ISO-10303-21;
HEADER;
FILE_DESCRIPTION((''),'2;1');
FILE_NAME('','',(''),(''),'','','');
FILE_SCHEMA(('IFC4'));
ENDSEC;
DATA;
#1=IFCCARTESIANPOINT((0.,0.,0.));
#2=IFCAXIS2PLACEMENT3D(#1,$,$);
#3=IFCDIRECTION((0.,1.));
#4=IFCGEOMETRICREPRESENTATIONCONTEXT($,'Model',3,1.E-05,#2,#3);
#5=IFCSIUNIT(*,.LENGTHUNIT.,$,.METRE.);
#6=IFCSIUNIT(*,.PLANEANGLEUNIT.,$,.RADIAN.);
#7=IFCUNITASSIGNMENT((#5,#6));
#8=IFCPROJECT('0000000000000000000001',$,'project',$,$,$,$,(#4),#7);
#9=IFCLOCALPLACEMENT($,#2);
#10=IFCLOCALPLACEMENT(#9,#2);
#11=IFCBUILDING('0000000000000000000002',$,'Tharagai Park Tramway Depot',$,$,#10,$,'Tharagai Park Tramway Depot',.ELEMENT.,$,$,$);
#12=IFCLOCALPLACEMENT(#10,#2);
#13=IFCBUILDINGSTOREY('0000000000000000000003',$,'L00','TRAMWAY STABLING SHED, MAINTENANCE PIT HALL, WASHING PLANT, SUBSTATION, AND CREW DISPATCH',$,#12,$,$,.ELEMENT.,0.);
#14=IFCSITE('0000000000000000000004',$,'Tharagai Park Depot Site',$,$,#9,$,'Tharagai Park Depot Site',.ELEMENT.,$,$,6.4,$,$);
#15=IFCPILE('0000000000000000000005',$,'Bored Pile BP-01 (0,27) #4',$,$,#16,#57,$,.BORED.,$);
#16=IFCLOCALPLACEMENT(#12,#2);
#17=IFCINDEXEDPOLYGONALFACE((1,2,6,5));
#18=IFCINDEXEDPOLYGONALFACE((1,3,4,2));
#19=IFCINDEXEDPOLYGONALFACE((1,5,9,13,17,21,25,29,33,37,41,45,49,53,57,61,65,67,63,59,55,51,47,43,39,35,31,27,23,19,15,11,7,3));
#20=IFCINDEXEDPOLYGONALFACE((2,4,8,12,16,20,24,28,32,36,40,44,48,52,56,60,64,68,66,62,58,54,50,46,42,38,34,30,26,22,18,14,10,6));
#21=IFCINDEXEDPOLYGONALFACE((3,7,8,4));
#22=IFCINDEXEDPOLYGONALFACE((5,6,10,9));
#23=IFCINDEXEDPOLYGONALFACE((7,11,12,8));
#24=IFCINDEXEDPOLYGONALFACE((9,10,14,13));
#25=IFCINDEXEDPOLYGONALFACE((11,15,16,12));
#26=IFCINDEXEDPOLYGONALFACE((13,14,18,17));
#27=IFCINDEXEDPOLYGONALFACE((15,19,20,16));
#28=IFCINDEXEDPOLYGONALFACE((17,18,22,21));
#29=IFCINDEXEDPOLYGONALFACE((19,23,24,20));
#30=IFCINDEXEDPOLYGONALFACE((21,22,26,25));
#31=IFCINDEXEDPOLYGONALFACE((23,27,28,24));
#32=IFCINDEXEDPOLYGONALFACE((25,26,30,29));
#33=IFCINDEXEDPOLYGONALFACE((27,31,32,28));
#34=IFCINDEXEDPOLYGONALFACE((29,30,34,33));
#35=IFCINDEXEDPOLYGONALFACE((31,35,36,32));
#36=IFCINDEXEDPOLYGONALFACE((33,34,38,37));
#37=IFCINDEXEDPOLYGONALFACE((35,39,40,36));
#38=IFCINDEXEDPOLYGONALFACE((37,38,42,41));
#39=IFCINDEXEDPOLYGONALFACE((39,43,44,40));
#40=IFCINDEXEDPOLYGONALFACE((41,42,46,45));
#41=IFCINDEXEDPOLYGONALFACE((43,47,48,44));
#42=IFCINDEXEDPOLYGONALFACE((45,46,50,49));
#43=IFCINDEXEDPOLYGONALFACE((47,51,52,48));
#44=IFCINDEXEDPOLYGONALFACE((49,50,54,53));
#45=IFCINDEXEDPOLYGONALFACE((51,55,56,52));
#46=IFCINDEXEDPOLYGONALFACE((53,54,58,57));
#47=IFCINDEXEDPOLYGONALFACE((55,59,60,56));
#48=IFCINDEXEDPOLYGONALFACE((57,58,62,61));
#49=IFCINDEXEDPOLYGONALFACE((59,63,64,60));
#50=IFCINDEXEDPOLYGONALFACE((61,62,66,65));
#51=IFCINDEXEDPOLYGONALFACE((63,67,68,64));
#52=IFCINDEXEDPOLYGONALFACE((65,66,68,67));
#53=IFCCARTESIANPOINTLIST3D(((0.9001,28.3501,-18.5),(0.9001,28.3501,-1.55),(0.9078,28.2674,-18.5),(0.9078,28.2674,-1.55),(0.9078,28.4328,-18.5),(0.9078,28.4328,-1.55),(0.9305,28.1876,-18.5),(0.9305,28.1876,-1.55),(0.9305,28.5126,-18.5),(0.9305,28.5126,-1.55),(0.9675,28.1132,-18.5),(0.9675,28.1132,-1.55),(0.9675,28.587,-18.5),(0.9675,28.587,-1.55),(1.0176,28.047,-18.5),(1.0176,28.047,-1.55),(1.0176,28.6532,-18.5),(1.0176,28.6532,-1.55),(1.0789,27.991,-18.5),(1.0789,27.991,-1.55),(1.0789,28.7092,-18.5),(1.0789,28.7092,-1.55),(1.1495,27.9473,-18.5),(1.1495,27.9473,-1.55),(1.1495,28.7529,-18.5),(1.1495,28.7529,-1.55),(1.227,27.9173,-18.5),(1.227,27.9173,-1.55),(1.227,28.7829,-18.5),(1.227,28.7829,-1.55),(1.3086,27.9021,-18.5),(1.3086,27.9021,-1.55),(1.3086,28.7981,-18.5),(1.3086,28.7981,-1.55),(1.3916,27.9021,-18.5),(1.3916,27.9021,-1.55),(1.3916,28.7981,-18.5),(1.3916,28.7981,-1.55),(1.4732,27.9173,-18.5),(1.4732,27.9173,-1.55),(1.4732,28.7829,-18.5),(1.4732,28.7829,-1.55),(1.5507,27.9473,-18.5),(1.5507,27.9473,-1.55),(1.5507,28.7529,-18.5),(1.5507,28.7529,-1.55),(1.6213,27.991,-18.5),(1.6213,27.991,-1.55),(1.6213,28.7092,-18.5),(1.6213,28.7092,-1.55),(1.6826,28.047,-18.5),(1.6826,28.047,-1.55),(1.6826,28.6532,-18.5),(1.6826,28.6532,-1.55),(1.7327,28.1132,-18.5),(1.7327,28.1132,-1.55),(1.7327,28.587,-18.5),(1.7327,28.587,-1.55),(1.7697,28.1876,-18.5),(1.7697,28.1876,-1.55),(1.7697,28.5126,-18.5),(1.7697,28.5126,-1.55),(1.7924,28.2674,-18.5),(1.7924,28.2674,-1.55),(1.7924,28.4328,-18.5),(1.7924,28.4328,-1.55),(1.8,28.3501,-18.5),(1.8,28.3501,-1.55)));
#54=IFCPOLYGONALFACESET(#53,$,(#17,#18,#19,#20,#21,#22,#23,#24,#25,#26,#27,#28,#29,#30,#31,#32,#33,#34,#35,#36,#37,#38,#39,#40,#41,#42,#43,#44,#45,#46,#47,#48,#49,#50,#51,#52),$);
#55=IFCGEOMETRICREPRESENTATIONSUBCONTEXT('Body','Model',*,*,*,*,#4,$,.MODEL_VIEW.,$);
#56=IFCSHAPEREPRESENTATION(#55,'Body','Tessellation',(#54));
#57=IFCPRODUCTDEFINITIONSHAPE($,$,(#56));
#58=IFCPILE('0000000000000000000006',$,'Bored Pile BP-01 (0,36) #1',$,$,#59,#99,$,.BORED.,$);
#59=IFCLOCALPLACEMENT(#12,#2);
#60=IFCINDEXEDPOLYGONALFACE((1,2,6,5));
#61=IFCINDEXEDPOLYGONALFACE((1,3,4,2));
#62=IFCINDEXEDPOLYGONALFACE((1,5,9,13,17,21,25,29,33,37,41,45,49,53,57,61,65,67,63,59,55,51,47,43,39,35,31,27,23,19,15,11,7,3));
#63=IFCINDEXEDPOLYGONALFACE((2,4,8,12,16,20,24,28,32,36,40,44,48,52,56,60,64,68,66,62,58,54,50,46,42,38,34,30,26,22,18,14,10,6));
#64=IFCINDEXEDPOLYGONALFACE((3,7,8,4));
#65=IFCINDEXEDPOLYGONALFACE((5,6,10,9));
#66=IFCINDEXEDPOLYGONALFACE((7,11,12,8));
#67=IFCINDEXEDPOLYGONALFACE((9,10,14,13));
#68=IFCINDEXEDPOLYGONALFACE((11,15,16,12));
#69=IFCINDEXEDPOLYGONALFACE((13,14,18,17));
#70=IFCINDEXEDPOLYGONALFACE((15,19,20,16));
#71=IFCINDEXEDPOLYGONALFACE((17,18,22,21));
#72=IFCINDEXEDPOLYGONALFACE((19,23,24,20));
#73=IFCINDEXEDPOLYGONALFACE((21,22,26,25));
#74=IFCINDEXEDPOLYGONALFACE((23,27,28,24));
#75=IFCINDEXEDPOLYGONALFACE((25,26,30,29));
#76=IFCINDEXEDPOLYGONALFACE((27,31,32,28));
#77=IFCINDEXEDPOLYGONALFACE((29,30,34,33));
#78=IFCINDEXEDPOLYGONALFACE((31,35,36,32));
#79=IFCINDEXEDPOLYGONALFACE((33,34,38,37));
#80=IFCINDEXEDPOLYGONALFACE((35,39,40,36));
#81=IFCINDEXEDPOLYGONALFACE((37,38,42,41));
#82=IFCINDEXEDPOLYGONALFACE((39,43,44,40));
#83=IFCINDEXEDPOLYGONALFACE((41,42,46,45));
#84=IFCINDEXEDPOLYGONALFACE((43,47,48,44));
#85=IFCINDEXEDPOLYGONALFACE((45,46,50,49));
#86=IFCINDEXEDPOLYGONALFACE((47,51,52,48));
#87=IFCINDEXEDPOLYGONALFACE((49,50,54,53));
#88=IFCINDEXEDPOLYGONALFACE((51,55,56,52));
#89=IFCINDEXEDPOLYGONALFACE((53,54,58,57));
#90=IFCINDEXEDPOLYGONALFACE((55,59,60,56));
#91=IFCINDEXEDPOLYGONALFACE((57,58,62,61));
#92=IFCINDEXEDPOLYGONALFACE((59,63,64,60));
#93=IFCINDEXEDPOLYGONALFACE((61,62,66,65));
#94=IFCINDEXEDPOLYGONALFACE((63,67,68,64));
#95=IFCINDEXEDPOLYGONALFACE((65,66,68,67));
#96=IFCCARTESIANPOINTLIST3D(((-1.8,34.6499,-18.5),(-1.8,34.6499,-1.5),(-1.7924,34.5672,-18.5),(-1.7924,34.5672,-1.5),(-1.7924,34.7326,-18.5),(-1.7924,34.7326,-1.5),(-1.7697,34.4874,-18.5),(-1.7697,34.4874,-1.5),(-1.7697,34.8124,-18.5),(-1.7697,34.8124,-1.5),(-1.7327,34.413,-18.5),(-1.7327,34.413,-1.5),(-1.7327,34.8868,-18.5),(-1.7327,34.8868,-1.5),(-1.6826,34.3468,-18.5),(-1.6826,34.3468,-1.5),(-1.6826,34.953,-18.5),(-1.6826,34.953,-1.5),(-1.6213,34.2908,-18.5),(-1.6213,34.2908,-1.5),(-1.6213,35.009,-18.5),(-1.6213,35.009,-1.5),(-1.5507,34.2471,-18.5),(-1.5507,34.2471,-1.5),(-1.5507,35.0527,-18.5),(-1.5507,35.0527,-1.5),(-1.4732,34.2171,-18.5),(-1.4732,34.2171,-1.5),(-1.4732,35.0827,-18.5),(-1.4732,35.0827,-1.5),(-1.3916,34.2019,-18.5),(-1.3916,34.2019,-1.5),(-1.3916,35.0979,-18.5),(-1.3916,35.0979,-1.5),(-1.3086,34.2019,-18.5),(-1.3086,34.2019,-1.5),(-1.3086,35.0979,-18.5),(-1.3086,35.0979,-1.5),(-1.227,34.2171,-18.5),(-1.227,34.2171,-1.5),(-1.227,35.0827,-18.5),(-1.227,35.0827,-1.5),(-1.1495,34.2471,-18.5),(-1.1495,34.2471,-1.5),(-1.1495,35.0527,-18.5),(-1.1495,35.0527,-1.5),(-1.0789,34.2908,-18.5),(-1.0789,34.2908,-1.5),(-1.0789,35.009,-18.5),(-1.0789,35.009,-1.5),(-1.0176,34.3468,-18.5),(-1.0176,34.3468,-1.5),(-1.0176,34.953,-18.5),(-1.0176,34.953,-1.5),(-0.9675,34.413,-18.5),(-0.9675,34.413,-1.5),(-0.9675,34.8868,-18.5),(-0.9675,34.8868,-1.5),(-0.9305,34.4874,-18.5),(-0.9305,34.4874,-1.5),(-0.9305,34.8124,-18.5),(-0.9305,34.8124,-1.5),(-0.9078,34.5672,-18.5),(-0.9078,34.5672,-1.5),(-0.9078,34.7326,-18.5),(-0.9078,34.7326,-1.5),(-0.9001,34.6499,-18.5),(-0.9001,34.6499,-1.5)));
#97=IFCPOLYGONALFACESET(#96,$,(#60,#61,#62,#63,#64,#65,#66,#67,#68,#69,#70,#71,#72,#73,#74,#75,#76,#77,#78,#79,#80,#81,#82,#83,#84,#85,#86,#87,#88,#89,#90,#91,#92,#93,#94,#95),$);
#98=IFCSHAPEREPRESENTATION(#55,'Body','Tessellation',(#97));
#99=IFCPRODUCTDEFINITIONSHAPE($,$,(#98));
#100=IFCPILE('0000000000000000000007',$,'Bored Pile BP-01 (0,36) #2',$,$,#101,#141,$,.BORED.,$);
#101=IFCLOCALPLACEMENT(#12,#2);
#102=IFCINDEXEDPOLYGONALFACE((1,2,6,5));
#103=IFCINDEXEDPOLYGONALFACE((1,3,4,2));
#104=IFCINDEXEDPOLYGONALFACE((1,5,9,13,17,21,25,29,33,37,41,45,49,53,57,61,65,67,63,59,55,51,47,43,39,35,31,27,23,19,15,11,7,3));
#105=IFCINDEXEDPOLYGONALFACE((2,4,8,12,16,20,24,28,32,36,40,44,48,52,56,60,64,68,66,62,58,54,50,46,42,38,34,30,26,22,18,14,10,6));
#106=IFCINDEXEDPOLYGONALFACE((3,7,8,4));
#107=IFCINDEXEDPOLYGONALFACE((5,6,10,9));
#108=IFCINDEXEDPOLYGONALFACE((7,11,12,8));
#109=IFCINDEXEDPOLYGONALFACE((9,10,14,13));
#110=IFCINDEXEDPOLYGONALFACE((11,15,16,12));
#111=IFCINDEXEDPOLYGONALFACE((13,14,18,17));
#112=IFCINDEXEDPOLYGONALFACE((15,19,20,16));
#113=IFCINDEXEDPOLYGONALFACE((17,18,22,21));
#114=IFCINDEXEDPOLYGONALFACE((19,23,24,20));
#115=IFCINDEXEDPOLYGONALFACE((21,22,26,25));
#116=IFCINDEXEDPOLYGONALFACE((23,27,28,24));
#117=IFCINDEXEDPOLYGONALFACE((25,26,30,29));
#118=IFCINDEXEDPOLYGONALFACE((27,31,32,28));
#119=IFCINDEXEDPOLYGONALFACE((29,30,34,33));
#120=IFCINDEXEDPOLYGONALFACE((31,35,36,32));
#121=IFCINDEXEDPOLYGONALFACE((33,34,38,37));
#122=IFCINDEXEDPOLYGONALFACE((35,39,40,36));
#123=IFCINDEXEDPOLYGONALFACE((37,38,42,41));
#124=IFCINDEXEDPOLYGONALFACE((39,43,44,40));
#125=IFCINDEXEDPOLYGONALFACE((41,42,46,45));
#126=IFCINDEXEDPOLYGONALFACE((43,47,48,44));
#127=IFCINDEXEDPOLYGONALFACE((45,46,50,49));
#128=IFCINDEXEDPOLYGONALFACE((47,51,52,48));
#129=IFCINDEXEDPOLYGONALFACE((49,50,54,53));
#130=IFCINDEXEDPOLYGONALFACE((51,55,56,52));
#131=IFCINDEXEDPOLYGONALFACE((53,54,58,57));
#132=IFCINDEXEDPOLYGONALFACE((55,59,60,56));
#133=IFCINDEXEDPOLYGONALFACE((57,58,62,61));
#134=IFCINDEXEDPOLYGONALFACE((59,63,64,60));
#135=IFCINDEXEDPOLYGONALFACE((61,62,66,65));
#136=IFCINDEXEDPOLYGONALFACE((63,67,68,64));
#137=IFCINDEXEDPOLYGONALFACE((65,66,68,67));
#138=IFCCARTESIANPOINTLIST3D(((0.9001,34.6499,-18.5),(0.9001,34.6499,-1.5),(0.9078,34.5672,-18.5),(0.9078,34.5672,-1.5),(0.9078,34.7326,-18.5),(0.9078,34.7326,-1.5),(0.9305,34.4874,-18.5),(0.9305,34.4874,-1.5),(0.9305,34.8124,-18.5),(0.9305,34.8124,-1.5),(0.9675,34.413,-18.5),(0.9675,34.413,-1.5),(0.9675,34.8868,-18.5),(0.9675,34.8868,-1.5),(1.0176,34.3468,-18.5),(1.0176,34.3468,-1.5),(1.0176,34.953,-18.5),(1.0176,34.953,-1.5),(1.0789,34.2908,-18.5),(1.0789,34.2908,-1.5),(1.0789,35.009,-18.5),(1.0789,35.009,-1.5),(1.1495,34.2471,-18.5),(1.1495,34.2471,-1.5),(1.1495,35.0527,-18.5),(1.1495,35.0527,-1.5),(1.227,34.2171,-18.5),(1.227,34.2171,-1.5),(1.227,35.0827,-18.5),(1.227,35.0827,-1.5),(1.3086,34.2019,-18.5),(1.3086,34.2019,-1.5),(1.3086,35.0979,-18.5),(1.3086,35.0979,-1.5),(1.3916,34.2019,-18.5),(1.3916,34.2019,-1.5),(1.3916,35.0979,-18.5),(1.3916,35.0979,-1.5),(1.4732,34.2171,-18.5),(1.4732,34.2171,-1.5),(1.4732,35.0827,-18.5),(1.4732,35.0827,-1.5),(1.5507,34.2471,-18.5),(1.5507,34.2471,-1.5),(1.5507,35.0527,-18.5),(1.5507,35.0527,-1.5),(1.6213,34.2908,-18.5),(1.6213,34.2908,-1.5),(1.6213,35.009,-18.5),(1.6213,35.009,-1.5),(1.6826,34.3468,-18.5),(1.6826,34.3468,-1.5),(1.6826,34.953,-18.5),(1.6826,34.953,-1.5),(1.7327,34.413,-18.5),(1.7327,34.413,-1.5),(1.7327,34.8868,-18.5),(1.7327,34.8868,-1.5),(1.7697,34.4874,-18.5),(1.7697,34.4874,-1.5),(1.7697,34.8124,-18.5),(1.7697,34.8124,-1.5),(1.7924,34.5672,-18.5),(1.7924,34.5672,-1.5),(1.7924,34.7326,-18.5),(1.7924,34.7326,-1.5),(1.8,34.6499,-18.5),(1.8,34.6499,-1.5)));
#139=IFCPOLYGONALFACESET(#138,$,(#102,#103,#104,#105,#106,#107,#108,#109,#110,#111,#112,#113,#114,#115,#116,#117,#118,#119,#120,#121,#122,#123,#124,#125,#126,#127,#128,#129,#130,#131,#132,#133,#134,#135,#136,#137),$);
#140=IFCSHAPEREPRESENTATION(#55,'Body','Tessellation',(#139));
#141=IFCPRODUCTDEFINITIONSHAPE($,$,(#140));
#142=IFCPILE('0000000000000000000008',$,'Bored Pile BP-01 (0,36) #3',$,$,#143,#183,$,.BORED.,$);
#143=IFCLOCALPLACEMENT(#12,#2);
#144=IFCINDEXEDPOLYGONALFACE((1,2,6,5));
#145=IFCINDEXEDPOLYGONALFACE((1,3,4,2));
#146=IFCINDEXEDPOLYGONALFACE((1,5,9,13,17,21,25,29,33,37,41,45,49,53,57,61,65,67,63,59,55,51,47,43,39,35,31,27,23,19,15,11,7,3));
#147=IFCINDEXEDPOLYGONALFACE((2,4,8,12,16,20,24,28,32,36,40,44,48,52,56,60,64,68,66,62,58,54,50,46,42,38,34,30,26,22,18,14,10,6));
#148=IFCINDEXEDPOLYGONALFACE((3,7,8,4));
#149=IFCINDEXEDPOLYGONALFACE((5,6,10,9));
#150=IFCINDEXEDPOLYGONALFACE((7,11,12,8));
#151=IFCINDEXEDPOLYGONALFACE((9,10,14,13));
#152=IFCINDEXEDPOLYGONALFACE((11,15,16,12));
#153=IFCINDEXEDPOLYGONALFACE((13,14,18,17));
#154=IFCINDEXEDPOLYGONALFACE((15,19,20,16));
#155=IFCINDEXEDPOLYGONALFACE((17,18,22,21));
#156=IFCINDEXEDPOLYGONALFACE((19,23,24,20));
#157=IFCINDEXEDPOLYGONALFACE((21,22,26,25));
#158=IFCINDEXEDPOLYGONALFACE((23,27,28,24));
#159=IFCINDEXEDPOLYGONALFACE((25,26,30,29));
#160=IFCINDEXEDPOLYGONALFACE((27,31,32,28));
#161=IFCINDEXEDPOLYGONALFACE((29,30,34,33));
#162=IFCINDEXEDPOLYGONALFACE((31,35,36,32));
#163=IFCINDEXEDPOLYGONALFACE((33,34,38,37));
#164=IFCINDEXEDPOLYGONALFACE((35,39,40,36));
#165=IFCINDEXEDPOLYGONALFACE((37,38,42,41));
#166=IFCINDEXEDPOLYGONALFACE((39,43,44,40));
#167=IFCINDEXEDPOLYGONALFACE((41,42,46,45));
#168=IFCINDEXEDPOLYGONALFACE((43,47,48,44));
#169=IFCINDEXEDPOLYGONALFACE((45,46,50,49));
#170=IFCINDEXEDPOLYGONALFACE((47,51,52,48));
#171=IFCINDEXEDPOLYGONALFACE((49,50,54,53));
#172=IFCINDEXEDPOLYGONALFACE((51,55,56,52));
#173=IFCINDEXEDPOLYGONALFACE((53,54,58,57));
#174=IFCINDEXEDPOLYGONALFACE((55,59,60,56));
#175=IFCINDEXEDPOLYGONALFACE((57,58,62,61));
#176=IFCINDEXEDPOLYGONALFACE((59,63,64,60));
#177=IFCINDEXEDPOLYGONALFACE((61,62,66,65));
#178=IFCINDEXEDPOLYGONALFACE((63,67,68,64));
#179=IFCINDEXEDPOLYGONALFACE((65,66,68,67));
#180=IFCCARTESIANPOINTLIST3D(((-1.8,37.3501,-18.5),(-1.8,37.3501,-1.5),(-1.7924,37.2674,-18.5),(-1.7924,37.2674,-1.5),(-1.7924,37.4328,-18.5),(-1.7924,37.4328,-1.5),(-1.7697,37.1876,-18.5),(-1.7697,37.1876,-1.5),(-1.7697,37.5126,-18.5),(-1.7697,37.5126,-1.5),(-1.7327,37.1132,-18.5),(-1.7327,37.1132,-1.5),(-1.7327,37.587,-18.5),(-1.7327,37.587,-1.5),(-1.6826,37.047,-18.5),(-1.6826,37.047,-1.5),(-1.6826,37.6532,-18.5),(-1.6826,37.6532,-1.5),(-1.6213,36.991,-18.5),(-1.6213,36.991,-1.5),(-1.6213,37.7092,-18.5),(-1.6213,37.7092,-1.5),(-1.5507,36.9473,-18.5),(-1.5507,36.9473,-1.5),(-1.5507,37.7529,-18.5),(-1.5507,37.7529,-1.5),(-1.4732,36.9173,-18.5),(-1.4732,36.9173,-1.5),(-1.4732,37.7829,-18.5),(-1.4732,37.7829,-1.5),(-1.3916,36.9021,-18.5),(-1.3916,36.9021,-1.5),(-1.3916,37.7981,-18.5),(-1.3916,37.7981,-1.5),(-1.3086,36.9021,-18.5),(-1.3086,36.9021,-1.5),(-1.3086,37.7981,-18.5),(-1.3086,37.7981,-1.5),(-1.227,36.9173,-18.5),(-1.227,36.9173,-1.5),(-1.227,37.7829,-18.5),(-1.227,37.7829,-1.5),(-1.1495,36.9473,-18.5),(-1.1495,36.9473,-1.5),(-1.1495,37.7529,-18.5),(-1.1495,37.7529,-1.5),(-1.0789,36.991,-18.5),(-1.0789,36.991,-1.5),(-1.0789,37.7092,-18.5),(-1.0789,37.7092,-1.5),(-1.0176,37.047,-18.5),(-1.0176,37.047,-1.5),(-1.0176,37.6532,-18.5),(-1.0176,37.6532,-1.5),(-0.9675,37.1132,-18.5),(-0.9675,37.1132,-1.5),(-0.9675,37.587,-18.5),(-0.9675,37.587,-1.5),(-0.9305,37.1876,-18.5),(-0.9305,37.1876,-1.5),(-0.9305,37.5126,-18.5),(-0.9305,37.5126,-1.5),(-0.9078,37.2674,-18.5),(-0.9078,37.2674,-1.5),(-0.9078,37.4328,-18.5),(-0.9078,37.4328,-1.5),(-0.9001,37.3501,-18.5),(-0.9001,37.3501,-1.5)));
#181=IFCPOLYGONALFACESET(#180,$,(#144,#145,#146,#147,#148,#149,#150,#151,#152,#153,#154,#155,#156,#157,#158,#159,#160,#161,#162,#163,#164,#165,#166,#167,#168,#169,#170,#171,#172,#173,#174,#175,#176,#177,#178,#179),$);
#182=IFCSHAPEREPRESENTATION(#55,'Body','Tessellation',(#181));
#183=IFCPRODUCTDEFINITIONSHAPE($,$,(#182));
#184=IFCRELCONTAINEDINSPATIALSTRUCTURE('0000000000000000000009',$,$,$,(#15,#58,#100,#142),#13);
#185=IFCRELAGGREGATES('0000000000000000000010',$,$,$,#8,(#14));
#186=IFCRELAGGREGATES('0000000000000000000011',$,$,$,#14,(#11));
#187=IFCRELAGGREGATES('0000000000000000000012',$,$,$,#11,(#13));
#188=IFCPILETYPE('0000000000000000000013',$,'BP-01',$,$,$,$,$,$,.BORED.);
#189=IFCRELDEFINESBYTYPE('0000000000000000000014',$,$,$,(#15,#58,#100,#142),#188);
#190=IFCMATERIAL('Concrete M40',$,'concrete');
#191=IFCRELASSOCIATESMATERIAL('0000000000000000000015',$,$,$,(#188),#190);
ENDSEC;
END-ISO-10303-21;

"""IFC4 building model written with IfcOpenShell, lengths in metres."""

from ifc_helpers import new_model, si_unit, direction, frame, origin, origin_2d, place, context, subcontext, project, spatial, circle, extrude, material, material_profile, profile_set, type_object, element, save


model = new_model("IFC4")

# Units and contexts
model_context = context("Model", 3, precision=1e-05, world=origin(), true_north=direction((0.0, 1.0)))
body_context = subcontext(model_context, "Body", "Model", "MODEL_VIEW")
ifc_project = project(units=[si_unit("LENGTHUNIT", "METRE"), si_unit("PLANEANGLEUNIT", "RADIAN")], contexts=[model_context])

# Site, building, storey
site_placement = place(None, origin())
site = spatial("IfcSite", under=ifc_project, at=site_placement, Name="Tharagai Park Depot Site", LongName="Tharagai Park Depot Site", CompositionType="ELEMENT", RefElevation=6.4)
building_placement = place(site_placement, origin())
building = spatial("IfcBuilding", under=site, at=building_placement, Name="Tharagai Park Tramway Depot", LongName="Tharagai Park Tramway Depot", CompositionType="ELEMENT")
storey_placement = place(building_placement, origin())
storey = spatial("IfcBuildingStorey", under=building, at=storey_placement, Name="L00", Description="TRAMWAY STABLING SHED, MAINTENANCE PIT HALL, WASHING PLANT, SUBSTATION, AND CREW DISPATCH", CompositionType="ELEMENT", Elevation=0.0)

# Piles
ifc_material_1 = material(Name="Concrete M40", Category="concrete")
ifc_material_profile_1 = material_profile(ifc_material_1, circle(Radius=0.45, at=origin_2d()), Name="PILE D900")
ifc_profile_set_1 = profile_set([ifc_material_profile_1], Name="Concrete M40")
pile_type = type_object("IfcPileType", Name="BP-01", PredefinedType="BORED", material=ifc_profile_set_1)
pile_1_placement = place(storey_placement, frame((1.3501, 28.3501, -1.55), z_axis=(0.0, 0.0, -1.0), x_axis=(1.0, 0.0, 0.0)))
element("IfcPile", 1, at=pile_1_placement, inside=storey, type_object=pile_type, Name="Bored Pile BP-01 (0,27) #4", PredefinedType="BORED", context=body_context, shape_type="SweptSolid", body=[
    extrude(circle(Radius=0.45, at=origin_2d()), origin(), (0.0, 0.0, 1.0), 16.95),
])
for number, where, z_axis, x_axis, name in (
    (2, (-1.3501, 34.6499, -1.5), (0.0, 0.0, -1.0), (1.0, 0.0, 0.0), "Bored Pile BP-01 (0,36) #1"),
    (3, (1.3501, 34.6499, -1.5), (0.0, 0.0, -1.0), (1.0, 0.0, 0.0), "Bored Pile BP-01 (0,36) #2"),
    (4, (-1.3501, 37.3501, -1.5), (0.0, 0.0, -1.0), (1.0, 0.0, 0.0), "Bored Pile BP-01 (0,36) #3"),
):
    element("IfcPile", number, at=place(storey_placement, frame(where, z_axis=z_axis, x_axis=x_axis)), inside=storey, type_object=pile_type, Name=name, PredefinedType="BORED", context=body_context, shape_type="SweptSolid", body=[
        extrude(circle(Radius=0.45, at=origin_2d()), origin(), (0.0, 0.0, 1.0), 17.0),
    ])

save(model, "model.ifc")
